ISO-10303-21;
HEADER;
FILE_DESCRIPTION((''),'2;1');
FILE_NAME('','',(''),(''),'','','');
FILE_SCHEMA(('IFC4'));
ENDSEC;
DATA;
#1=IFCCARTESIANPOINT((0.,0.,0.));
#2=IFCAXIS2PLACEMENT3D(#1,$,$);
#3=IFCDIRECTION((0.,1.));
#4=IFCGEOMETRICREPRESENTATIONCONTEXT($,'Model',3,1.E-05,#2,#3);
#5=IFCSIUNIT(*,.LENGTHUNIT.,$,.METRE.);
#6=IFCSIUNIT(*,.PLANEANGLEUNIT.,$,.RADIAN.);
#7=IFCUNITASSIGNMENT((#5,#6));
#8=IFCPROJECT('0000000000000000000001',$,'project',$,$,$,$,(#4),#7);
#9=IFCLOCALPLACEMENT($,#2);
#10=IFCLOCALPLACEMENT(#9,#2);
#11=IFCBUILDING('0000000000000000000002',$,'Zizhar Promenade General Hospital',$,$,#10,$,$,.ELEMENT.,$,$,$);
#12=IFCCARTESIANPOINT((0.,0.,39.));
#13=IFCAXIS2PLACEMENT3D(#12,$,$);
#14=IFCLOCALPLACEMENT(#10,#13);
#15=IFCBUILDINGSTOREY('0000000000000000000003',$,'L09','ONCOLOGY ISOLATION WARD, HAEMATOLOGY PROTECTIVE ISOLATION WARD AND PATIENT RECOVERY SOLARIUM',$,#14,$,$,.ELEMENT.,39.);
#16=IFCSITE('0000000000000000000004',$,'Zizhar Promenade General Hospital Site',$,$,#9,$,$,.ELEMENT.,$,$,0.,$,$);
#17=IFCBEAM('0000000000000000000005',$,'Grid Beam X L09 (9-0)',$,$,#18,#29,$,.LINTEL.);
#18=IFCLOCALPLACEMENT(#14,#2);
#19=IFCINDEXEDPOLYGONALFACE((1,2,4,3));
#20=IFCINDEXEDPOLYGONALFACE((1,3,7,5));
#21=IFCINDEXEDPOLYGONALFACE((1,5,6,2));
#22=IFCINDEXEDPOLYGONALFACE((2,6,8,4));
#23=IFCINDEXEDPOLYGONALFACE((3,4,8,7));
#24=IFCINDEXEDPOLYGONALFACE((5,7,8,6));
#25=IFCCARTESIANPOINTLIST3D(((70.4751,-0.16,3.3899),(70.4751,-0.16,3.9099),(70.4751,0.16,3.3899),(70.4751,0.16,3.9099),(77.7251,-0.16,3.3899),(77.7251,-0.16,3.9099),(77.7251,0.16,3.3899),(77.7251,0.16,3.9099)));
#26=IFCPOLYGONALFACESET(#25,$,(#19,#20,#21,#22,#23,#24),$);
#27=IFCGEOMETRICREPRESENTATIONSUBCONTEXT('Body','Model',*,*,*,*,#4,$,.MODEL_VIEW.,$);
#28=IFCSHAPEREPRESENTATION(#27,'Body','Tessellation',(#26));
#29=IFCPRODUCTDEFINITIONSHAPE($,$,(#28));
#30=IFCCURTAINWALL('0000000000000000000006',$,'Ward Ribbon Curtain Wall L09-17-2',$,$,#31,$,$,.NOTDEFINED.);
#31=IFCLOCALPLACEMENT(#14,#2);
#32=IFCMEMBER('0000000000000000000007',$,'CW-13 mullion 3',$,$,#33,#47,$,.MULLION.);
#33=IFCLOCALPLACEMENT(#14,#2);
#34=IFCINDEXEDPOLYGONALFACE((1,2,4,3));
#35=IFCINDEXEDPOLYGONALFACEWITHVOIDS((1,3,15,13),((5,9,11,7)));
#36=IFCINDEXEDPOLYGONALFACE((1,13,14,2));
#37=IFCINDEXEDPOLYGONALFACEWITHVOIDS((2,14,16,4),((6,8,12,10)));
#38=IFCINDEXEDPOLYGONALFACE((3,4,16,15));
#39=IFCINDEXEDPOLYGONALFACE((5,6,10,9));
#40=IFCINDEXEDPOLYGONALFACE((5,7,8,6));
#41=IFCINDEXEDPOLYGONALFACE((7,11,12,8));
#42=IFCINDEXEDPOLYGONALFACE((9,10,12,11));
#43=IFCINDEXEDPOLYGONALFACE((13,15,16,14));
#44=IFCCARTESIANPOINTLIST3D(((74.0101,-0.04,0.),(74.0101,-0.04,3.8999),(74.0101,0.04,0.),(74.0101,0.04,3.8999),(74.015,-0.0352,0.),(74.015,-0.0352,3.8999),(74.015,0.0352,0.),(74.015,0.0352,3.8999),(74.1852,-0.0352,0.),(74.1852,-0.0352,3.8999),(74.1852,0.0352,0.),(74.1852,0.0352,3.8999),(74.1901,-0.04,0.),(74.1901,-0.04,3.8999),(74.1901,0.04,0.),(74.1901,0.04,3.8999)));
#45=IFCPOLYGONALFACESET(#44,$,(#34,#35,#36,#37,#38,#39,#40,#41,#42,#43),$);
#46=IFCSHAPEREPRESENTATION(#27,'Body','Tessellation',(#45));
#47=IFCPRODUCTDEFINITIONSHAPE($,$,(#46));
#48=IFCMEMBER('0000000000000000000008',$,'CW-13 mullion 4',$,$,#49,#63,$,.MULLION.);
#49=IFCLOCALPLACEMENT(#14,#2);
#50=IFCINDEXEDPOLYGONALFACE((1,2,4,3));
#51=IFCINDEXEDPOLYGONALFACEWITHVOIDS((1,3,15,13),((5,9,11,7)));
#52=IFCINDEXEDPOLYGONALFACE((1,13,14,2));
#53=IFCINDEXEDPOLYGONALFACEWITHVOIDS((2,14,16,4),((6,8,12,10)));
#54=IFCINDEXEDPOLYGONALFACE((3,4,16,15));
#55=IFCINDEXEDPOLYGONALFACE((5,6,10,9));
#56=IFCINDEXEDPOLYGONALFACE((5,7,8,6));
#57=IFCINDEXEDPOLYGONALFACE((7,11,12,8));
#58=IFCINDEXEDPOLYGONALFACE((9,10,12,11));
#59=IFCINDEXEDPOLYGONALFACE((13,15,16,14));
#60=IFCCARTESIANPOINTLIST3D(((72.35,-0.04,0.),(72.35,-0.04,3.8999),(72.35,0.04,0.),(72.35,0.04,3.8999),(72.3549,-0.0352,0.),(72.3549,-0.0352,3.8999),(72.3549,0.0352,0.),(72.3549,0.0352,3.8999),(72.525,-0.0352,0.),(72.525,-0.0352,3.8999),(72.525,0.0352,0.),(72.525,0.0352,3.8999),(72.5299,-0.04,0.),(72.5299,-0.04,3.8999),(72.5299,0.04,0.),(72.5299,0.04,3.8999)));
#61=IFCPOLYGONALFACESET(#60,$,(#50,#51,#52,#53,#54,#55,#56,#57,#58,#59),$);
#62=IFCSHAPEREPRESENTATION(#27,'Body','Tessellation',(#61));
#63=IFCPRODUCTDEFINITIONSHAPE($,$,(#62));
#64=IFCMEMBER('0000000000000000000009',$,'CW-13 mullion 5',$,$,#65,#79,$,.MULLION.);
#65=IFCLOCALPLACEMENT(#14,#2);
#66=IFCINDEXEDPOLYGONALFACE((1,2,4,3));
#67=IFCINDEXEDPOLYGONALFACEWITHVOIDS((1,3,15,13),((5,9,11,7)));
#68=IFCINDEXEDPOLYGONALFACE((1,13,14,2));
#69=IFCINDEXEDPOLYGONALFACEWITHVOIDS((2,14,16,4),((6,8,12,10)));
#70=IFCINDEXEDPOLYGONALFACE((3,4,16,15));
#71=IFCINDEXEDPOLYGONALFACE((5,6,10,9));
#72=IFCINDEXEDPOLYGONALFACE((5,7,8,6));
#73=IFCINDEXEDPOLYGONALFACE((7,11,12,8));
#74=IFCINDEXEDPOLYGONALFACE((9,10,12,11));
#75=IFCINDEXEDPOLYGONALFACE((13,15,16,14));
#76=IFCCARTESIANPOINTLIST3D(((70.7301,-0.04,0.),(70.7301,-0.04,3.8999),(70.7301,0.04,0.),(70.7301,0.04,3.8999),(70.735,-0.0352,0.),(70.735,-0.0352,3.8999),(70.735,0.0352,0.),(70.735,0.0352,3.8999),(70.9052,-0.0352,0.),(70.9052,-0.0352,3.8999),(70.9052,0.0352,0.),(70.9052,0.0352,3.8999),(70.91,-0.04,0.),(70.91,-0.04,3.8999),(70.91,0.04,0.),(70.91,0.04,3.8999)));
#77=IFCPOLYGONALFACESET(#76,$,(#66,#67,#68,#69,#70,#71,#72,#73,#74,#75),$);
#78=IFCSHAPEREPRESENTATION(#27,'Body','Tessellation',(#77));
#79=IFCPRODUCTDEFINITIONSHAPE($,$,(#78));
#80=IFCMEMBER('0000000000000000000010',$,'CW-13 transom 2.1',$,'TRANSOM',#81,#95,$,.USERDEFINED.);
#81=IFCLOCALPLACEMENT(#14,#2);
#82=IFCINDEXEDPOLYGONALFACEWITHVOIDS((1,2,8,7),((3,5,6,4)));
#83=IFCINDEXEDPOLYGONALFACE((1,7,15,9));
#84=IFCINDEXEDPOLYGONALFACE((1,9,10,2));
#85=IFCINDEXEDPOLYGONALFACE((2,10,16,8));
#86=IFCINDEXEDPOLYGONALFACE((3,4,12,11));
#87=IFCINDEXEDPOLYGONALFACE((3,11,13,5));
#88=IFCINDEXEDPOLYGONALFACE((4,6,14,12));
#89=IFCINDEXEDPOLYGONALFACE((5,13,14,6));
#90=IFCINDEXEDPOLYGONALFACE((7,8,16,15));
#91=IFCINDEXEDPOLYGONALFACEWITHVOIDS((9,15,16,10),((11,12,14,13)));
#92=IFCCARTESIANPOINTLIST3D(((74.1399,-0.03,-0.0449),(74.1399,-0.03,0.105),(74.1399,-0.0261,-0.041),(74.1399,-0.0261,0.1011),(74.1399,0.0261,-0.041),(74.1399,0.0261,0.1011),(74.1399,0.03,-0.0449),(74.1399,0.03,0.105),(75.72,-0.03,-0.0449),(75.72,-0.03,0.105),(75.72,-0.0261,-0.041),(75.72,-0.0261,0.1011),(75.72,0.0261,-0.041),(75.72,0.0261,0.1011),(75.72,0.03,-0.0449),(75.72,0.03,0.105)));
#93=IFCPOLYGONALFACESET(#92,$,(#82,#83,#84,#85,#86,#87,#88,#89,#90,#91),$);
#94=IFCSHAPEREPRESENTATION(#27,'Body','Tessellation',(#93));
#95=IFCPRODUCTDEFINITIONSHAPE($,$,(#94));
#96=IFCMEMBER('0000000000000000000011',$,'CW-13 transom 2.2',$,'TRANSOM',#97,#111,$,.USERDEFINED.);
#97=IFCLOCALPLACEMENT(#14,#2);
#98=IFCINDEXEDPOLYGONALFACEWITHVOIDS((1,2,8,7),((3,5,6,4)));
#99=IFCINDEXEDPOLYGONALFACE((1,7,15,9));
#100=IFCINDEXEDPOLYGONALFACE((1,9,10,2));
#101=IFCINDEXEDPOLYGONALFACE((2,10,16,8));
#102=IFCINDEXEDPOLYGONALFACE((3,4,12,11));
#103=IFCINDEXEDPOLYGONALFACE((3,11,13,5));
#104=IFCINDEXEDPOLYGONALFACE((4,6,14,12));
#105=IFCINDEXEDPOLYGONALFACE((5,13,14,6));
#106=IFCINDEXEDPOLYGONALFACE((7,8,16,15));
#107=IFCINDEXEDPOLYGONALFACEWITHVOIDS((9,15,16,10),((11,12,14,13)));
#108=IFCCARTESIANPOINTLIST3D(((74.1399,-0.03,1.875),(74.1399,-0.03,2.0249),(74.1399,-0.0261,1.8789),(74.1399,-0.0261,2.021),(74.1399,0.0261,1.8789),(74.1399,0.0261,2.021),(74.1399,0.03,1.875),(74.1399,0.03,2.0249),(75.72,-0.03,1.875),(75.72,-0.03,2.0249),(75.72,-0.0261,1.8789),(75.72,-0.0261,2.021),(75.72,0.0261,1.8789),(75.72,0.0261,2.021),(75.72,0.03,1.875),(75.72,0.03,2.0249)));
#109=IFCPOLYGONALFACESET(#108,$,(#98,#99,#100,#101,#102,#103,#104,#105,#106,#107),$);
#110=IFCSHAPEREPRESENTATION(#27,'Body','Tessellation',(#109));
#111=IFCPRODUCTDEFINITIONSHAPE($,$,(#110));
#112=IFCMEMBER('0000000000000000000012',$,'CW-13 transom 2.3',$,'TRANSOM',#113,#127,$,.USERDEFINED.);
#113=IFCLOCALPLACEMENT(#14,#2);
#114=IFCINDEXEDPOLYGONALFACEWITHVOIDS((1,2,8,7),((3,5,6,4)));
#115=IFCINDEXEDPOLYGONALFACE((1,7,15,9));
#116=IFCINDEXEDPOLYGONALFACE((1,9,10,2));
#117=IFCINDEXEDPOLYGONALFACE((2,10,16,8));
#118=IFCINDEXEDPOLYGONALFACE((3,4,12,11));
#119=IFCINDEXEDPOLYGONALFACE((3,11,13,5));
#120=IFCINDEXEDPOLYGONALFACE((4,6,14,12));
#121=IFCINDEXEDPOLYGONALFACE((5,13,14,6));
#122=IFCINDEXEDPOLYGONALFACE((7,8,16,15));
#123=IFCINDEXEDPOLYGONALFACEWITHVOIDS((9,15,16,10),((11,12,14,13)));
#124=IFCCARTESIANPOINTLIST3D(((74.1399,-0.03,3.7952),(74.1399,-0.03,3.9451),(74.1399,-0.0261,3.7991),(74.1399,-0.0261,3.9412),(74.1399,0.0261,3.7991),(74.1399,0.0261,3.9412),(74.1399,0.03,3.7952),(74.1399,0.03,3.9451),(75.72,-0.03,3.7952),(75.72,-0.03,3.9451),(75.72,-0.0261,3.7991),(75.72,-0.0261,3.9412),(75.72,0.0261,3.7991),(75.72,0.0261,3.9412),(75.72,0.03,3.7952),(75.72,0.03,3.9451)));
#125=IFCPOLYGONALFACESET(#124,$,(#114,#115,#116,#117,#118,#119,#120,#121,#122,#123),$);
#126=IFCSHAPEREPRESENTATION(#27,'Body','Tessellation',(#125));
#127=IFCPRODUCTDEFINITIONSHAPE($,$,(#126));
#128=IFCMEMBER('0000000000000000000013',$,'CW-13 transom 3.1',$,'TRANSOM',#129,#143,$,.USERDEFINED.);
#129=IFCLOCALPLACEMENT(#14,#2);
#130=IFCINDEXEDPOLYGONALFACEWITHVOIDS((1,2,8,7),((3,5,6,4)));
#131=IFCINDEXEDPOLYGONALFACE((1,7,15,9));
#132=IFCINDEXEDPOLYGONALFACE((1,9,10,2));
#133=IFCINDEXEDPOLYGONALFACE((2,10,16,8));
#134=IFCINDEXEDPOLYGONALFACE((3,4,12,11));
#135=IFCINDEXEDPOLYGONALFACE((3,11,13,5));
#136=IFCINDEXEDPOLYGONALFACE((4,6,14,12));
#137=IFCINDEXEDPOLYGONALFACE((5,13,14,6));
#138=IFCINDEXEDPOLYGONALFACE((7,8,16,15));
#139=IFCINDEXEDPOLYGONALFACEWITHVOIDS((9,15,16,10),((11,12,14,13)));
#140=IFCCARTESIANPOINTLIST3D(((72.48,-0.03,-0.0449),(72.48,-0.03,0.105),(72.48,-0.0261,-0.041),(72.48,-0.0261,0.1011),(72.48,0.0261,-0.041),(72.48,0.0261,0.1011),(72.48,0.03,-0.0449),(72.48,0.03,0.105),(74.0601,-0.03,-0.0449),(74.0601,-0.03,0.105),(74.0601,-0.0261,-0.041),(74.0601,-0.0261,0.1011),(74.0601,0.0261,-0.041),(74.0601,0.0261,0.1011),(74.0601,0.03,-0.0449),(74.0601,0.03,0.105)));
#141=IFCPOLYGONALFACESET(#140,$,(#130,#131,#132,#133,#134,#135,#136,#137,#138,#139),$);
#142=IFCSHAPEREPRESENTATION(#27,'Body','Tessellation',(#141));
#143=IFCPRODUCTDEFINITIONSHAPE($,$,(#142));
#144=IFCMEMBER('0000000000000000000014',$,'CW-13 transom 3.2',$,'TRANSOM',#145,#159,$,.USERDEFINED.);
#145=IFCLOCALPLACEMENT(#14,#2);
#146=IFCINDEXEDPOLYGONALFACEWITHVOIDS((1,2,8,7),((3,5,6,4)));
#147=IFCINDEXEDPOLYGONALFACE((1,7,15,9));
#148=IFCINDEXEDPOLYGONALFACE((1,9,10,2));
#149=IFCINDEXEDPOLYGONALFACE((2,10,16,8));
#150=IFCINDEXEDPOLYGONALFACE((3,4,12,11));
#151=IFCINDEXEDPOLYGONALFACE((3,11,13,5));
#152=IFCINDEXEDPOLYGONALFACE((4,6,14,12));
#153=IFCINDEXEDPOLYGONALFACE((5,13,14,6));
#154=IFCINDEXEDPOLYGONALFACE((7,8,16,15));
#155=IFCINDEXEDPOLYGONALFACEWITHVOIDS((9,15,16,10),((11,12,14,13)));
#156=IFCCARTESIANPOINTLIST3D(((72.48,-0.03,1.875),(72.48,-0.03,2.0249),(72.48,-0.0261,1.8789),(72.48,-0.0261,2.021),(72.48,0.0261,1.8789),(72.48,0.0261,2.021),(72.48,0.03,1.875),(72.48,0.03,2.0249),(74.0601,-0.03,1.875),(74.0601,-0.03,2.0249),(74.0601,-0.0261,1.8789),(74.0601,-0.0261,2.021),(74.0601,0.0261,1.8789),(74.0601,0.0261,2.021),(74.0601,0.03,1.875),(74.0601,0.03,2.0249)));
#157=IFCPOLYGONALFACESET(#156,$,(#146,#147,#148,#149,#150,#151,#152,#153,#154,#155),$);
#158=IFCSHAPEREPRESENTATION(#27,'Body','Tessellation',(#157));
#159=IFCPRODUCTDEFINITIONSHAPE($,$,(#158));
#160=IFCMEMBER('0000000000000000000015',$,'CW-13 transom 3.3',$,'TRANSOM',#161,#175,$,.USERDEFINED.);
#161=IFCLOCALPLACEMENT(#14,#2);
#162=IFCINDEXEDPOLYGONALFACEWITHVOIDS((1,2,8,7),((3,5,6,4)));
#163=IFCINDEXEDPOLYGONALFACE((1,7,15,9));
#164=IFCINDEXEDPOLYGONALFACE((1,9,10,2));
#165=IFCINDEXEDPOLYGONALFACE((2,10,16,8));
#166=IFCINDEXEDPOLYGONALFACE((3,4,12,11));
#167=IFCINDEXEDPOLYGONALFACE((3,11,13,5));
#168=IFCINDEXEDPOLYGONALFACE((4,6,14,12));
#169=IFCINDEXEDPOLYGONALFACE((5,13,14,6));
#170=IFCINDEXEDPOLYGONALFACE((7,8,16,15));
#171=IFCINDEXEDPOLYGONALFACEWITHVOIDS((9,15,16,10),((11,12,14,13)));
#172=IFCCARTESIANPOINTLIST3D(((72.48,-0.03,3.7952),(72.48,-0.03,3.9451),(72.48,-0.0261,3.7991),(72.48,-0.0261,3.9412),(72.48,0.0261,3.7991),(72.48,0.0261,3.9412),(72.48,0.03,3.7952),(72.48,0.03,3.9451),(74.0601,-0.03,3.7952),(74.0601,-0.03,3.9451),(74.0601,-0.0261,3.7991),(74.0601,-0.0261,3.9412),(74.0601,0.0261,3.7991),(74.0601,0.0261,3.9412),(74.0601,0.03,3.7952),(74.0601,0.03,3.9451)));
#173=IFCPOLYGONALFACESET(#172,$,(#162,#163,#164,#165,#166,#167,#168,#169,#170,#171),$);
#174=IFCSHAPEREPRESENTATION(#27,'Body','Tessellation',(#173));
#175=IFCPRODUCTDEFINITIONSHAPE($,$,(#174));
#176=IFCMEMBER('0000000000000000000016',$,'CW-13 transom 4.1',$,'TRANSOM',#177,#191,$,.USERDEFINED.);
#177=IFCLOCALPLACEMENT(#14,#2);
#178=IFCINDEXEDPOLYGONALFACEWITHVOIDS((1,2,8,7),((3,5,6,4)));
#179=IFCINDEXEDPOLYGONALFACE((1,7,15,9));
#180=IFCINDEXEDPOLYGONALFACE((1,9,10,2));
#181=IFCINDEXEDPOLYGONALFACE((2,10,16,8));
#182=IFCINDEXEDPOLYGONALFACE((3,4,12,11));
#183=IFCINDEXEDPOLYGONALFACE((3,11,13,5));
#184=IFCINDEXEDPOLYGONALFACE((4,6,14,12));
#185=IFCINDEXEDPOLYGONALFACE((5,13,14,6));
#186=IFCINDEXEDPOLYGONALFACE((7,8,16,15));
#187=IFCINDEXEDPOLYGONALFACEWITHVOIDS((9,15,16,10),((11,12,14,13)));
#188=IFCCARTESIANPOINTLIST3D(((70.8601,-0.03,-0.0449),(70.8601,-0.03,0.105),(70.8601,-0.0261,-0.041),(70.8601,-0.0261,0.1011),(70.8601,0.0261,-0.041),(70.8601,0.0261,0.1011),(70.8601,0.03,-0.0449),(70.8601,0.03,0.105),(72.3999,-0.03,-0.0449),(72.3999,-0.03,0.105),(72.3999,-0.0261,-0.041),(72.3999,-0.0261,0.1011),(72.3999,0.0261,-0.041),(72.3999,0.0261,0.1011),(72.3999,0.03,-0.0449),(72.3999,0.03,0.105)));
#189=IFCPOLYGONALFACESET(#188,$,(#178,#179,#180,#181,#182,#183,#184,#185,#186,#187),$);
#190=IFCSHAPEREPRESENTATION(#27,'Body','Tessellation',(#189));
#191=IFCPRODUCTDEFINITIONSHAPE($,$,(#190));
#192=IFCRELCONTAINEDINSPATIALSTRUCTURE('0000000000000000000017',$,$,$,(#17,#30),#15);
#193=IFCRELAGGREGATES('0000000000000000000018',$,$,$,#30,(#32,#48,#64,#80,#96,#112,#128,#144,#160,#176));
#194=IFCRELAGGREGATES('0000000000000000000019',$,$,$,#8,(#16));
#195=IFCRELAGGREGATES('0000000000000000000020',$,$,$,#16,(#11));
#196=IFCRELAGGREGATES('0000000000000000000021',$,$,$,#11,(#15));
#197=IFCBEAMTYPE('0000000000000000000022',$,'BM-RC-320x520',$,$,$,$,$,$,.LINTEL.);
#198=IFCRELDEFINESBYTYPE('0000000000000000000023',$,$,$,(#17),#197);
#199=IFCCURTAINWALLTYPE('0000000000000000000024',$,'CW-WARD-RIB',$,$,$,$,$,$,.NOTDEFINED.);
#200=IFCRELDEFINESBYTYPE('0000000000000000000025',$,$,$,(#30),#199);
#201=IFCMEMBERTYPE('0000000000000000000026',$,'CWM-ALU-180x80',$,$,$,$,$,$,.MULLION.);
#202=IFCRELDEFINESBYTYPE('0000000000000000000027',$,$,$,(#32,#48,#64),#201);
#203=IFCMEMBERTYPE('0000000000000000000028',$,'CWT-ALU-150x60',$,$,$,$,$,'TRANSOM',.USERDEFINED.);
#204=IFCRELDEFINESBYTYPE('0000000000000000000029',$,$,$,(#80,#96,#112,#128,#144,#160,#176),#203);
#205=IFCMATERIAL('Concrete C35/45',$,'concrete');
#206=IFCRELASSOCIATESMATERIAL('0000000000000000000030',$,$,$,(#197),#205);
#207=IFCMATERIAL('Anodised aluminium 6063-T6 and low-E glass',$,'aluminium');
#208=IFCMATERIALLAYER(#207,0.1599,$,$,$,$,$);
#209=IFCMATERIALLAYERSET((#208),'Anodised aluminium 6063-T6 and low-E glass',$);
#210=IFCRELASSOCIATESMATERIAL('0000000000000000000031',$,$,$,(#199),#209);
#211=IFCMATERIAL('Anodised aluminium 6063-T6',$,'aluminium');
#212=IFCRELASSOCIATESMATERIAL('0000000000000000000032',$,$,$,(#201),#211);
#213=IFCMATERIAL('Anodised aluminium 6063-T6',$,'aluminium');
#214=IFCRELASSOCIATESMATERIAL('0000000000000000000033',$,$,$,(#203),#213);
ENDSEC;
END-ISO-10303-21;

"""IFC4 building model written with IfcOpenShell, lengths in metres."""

from ifc_helpers import new_model, si_unit, direction, frame, origin, origin_2d, place, context, subcontext, project, spatial, rectangle, hollow_rectangle, extrude, material, layer, layer_set, material_profile, profile_set, type_object, element, aggregate, save


model = new_model("IFC4")

# Units and contexts
model_context = context("Model", 3, precision=1e-05, world=origin(), true_north=direction((0.0, 1.0)))
body_context = subcontext(model_context, "Body", "Model", "MODEL_VIEW")
ifc_project = project(units=[si_unit("LENGTHUNIT", "METRE"), si_unit("PLANEANGLEUNIT", "RADIAN")], contexts=[model_context])

# Site, building, storey
site_placement = place(None, origin())
site = spatial("IfcSite", under=ifc_project, at=site_placement, Name="Zizhar Promenade General Hospital Site", CompositionType="ELEMENT", RefElevation=0.0)
building_placement = place(site_placement, origin())
building = spatial("IfcBuilding", under=site, at=building_placement, Name="Zizhar Promenade General Hospital", CompositionType="ELEMENT")
storey_placement = place(building_placement, frame((0.0, 0.0, 39.0)))
storey = spatial("IfcBuildingStorey", under=building, at=storey_placement, Name="L09", Description="ONCOLOGY ISOLATION WARD, HAEMATOLOGY PROTECTIVE ISOLATION WARD AND PATIENT RECOVERY SOLARIUM", CompositionType="ELEMENT", Elevation=39.0)

# Beam
ifc_material_1 = material(Name="Concrete C35/45", Category="concrete")
ifc_material_profile_1 = material_profile(ifc_material_1, rectangle(XDim=0.3201, YDim=0.52, at=origin_2d()))
ifc_profile_set_1 = profile_set([ifc_material_profile_1], Name="Concrete C35/45")
beam_type = type_object("IfcBeamType", Name="BM-RC-320x520", PredefinedType="LINTEL", material=ifc_profile_set_1)
beam_placement = place(storey_placement, frame((70.4751, 0.0, 3.6499), z_axis=(1.0, 0.0, 0.0), x_axis=(0.0, 1.0, 0.0)))
element("IfcBeam", 1, at=beam_placement, inside=storey, type_object=beam_type, Name="Grid Beam X L09 (9-0)", PredefinedType="LINTEL", context=body_context, shape_type="SweptSolid", body=[
    extrude(rectangle(XDim=0.3201, YDim=0.52, at=origin_2d()), origin(), (0.0, 0.0, 1.0), 7.25),
])

# Curtain wall, members
ifc_material_2 = material(Name="Anodised aluminium 6063-T6 and low-E glass", Category="aluminium")
ifc_layer_1 = layer(ifc_material_2, 0.1599)
ifc_layer_set_1 = layer_set([ifc_layer_1], Name="Anodised aluminium 6063-T6 and low-E glass")
curtain_wall_type = type_object("IfcCurtainWallType", Name="CW-WARD-RIB", PredefinedType="NOTDEFINED", material=ifc_layer_set_1)
curtain_wall_placement = place(storey_placement, origin())
curtain_wall = element("IfcCurtainWall", 2, at=curtain_wall_placement, inside=storey, type_object=curtain_wall_type, Name="Ward Ribbon Curtain Wall L09-17-2", PredefinedType="NOTDEFINED")
ifc_material_3 = material(Name="Anodised aluminium 6063-T6", Category="aluminium")
ifc_material_profile_2 = material_profile(ifc_material_3, hollow_rectangle(XDim=0.0801, YDim=0.1799, WallThickness=0.0049, at=origin_2d()))
ifc_profile_set_2 = profile_set([ifc_material_profile_2], Name="Anodised aluminium 6063-T6")
member_type_1 = type_object("IfcMemberType", Name="CWM-ALU-180x80", PredefinedType="MULLION", material=ifc_profile_set_2)
member_1_placement = place(storey_placement, frame((74.1001, 0.0, 0.0), z_axis=(0.0, 0.0, 1.0), x_axis=(0.0, -1.0, 0.0)))
member_1 = element("IfcMember", 3, at=member_1_placement, type_object=member_type_1, Name="CW-13 mullion 3", PredefinedType="MULLION", context=body_context, shape_type="SweptSolid", body=[
    extrude(hollow_rectangle(XDim=0.0801, YDim=0.1799, WallThickness=0.0049, at=origin_2d()), origin(), (0.0, 0.0, 1.0), 3.8999),
])
member_2_placement = place(storey_placement, frame((72.4399, 0.0, 0.0), z_axis=(0.0, 0.0, 1.0), x_axis=(0.0, -1.0, 0.0)))
member_2 = element("IfcMember", 4, at=member_2_placement, type_object=member_type_1, Name="CW-13 mullion 4", PredefinedType="MULLION", context=body_context, shape_type="SweptSolid", body=[
    extrude(hollow_rectangle(XDim=0.0801, YDim=0.1799, WallThickness=0.0049, at=origin_2d()), origin(), (0.0, 0.0, 1.0), 3.8999),
])
member_3_placement = place(storey_placement, frame((70.8201, 0.0, 0.0), z_axis=(0.0, 0.0, 1.0), x_axis=(0.0, -1.0, 0.0)))
member_3 = element("IfcMember", 5, at=member_3_placement, type_object=member_type_1, Name="CW-13 mullion 5", PredefinedType="MULLION", context=body_context, shape_type="SweptSolid", body=[
    extrude(hollow_rectangle(XDim=0.0801, YDim=0.1799, WallThickness=0.0049, at=origin_2d()), origin(), (0.0, 0.0, 1.0), 3.8999),
])
ifc_material_4 = material(Name="Anodised aluminium 6063-T6", Category="aluminium")
ifc_material_profile_3 = material_profile(ifc_material_4, hollow_rectangle(XDim=0.0601, YDim=0.1499, WallThickness=0.0039, at=origin_2d()))
ifc_profile_set_3 = profile_set([ifc_material_profile_3], Name="Anodised aluminium 6063-T6")
member_type_2 = type_object("IfcMemberType", Name="CWT-ALU-150x60", ElementType="TRANSOM", PredefinedType="USERDEFINED", material=ifc_profile_set_3)
member_4_placement = place(storey_placement, frame((75.72, 0.0, 0.03), z_axis=(-1.0, 0.0, 0.0), x_axis=(0.0, -1.0, 0.0)))
member_4 = element("IfcMember", 6, at=member_4_placement, type_object=member_type_2, Name="CW-13 transom 2.1", ObjectType="TRANSOM", PredefinedType="USERDEFINED", context=body_context, shape_type="SweptSolid", body=[
    extrude(hollow_rectangle(XDim=0.0601, YDim=0.1499, WallThickness=0.0039, at=origin_2d()), origin(), (0.0, 0.0, 1.0), 1.5801),
])
member_5_placement = place(storey_placement, frame((75.72, 0.0, 1.95), z_axis=(-1.0, 0.0, 0.0), x_axis=(0.0, -1.0, 0.0)))
member_5 = element("IfcMember", 7, at=member_5_placement, type_object=member_type_2, Name="CW-13 transom 2.2", ObjectType="TRANSOM", PredefinedType="USERDEFINED", context=body_context, shape_type="SweptSolid", body=[
    extrude(hollow_rectangle(XDim=0.0601, YDim=0.1499, WallThickness=0.0039, at=origin_2d()), origin(), (0.0, 0.0, 1.0), 1.5801),
])
member_6_placement = place(storey_placement, frame((75.72, 0.0, 3.8701), z_axis=(-1.0, 0.0, 0.0), x_axis=(0.0, -1.0, 0.0)))
member_6 = element("IfcMember", 8, at=member_6_placement, type_object=member_type_2, Name="CW-13 transom 2.3", ObjectType="TRANSOM", PredefinedType="USERDEFINED", context=body_context, shape_type="SweptSolid", body=[
    extrude(hollow_rectangle(XDim=0.0601, YDim=0.1499, WallThickness=0.0039, at=origin_2d()), origin(), (0.0, 0.0, 1.0), 1.5801),
])
member_7_placement = place(storey_placement, frame((74.0601, 0.0, 0.03), z_axis=(-1.0, 0.0, 0.0), x_axis=(0.0, -1.0, 0.0)))
member_7 = element("IfcMember", 9, at=member_7_placement, type_object=member_type_2, Name="CW-13 transom 3.1", ObjectType="TRANSOM", PredefinedType="USERDEFINED", context=body_context, shape_type="SweptSolid", body=[
    extrude(hollow_rectangle(XDim=0.0601, YDim=0.1499, WallThickness=0.0039, at=origin_2d()), origin(), (0.0, 0.0, 1.0), 1.5801),
])
member_8_placement = place(storey_placement, frame((74.0601, 0.0, 1.95), z_axis=(-1.0, 0.0, 0.0), x_axis=(0.0, -1.0, 0.0)))
member_8 = element("IfcMember", 10, at=member_8_placement, type_object=member_type_2, Name="CW-13 transom 3.2", ObjectType="TRANSOM", PredefinedType="USERDEFINED", context=body_context, shape_type="SweptSolid", body=[
    extrude(hollow_rectangle(XDim=0.0601, YDim=0.1499, WallThickness=0.0039, at=origin_2d()), origin(), (0.0, 0.0, 1.0), 1.5801),
])
member_9_placement = place(storey_placement, frame((74.0601, 0.0, 3.8701), z_axis=(-1.0, 0.0, 0.0), x_axis=(0.0, -1.0, 0.0)))
member_9 = element("IfcMember", 11, at=member_9_placement, type_object=member_type_2, Name="CW-13 transom 3.3", ObjectType="TRANSOM", PredefinedType="USERDEFINED", context=body_context, shape_type="SweptSolid", body=[
    extrude(hollow_rectangle(XDim=0.0601, YDim=0.1499, WallThickness=0.0039, at=origin_2d()), origin(), (0.0, 0.0, 1.0), 1.5801),
])
member_10_placement = place(storey_placement, frame((72.3999, 0.0, 0.03), z_axis=(-1.0, 0.0, 0.0), x_axis=(0.0, -1.0, 0.0)))
member_10 = element("IfcMember", 12, at=member_10_placement, type_object=member_type_2, Name="CW-13 transom 4.1", ObjectType="TRANSOM", PredefinedType="USERDEFINED", context=body_context, shape_type="SweptSolid", body=[
    extrude(hollow_rectangle(XDim=0.0601, YDim=0.1499, WallThickness=0.0039, at=origin_2d()), origin(), (0.0, 0.0, 1.0), 1.5398),
])
aggregate(curtain_wall, [member_1, member_2, member_3, member_4, member_5, member_6, member_7, member_8, member_9, member_10])

save(model, "model.ifc")
